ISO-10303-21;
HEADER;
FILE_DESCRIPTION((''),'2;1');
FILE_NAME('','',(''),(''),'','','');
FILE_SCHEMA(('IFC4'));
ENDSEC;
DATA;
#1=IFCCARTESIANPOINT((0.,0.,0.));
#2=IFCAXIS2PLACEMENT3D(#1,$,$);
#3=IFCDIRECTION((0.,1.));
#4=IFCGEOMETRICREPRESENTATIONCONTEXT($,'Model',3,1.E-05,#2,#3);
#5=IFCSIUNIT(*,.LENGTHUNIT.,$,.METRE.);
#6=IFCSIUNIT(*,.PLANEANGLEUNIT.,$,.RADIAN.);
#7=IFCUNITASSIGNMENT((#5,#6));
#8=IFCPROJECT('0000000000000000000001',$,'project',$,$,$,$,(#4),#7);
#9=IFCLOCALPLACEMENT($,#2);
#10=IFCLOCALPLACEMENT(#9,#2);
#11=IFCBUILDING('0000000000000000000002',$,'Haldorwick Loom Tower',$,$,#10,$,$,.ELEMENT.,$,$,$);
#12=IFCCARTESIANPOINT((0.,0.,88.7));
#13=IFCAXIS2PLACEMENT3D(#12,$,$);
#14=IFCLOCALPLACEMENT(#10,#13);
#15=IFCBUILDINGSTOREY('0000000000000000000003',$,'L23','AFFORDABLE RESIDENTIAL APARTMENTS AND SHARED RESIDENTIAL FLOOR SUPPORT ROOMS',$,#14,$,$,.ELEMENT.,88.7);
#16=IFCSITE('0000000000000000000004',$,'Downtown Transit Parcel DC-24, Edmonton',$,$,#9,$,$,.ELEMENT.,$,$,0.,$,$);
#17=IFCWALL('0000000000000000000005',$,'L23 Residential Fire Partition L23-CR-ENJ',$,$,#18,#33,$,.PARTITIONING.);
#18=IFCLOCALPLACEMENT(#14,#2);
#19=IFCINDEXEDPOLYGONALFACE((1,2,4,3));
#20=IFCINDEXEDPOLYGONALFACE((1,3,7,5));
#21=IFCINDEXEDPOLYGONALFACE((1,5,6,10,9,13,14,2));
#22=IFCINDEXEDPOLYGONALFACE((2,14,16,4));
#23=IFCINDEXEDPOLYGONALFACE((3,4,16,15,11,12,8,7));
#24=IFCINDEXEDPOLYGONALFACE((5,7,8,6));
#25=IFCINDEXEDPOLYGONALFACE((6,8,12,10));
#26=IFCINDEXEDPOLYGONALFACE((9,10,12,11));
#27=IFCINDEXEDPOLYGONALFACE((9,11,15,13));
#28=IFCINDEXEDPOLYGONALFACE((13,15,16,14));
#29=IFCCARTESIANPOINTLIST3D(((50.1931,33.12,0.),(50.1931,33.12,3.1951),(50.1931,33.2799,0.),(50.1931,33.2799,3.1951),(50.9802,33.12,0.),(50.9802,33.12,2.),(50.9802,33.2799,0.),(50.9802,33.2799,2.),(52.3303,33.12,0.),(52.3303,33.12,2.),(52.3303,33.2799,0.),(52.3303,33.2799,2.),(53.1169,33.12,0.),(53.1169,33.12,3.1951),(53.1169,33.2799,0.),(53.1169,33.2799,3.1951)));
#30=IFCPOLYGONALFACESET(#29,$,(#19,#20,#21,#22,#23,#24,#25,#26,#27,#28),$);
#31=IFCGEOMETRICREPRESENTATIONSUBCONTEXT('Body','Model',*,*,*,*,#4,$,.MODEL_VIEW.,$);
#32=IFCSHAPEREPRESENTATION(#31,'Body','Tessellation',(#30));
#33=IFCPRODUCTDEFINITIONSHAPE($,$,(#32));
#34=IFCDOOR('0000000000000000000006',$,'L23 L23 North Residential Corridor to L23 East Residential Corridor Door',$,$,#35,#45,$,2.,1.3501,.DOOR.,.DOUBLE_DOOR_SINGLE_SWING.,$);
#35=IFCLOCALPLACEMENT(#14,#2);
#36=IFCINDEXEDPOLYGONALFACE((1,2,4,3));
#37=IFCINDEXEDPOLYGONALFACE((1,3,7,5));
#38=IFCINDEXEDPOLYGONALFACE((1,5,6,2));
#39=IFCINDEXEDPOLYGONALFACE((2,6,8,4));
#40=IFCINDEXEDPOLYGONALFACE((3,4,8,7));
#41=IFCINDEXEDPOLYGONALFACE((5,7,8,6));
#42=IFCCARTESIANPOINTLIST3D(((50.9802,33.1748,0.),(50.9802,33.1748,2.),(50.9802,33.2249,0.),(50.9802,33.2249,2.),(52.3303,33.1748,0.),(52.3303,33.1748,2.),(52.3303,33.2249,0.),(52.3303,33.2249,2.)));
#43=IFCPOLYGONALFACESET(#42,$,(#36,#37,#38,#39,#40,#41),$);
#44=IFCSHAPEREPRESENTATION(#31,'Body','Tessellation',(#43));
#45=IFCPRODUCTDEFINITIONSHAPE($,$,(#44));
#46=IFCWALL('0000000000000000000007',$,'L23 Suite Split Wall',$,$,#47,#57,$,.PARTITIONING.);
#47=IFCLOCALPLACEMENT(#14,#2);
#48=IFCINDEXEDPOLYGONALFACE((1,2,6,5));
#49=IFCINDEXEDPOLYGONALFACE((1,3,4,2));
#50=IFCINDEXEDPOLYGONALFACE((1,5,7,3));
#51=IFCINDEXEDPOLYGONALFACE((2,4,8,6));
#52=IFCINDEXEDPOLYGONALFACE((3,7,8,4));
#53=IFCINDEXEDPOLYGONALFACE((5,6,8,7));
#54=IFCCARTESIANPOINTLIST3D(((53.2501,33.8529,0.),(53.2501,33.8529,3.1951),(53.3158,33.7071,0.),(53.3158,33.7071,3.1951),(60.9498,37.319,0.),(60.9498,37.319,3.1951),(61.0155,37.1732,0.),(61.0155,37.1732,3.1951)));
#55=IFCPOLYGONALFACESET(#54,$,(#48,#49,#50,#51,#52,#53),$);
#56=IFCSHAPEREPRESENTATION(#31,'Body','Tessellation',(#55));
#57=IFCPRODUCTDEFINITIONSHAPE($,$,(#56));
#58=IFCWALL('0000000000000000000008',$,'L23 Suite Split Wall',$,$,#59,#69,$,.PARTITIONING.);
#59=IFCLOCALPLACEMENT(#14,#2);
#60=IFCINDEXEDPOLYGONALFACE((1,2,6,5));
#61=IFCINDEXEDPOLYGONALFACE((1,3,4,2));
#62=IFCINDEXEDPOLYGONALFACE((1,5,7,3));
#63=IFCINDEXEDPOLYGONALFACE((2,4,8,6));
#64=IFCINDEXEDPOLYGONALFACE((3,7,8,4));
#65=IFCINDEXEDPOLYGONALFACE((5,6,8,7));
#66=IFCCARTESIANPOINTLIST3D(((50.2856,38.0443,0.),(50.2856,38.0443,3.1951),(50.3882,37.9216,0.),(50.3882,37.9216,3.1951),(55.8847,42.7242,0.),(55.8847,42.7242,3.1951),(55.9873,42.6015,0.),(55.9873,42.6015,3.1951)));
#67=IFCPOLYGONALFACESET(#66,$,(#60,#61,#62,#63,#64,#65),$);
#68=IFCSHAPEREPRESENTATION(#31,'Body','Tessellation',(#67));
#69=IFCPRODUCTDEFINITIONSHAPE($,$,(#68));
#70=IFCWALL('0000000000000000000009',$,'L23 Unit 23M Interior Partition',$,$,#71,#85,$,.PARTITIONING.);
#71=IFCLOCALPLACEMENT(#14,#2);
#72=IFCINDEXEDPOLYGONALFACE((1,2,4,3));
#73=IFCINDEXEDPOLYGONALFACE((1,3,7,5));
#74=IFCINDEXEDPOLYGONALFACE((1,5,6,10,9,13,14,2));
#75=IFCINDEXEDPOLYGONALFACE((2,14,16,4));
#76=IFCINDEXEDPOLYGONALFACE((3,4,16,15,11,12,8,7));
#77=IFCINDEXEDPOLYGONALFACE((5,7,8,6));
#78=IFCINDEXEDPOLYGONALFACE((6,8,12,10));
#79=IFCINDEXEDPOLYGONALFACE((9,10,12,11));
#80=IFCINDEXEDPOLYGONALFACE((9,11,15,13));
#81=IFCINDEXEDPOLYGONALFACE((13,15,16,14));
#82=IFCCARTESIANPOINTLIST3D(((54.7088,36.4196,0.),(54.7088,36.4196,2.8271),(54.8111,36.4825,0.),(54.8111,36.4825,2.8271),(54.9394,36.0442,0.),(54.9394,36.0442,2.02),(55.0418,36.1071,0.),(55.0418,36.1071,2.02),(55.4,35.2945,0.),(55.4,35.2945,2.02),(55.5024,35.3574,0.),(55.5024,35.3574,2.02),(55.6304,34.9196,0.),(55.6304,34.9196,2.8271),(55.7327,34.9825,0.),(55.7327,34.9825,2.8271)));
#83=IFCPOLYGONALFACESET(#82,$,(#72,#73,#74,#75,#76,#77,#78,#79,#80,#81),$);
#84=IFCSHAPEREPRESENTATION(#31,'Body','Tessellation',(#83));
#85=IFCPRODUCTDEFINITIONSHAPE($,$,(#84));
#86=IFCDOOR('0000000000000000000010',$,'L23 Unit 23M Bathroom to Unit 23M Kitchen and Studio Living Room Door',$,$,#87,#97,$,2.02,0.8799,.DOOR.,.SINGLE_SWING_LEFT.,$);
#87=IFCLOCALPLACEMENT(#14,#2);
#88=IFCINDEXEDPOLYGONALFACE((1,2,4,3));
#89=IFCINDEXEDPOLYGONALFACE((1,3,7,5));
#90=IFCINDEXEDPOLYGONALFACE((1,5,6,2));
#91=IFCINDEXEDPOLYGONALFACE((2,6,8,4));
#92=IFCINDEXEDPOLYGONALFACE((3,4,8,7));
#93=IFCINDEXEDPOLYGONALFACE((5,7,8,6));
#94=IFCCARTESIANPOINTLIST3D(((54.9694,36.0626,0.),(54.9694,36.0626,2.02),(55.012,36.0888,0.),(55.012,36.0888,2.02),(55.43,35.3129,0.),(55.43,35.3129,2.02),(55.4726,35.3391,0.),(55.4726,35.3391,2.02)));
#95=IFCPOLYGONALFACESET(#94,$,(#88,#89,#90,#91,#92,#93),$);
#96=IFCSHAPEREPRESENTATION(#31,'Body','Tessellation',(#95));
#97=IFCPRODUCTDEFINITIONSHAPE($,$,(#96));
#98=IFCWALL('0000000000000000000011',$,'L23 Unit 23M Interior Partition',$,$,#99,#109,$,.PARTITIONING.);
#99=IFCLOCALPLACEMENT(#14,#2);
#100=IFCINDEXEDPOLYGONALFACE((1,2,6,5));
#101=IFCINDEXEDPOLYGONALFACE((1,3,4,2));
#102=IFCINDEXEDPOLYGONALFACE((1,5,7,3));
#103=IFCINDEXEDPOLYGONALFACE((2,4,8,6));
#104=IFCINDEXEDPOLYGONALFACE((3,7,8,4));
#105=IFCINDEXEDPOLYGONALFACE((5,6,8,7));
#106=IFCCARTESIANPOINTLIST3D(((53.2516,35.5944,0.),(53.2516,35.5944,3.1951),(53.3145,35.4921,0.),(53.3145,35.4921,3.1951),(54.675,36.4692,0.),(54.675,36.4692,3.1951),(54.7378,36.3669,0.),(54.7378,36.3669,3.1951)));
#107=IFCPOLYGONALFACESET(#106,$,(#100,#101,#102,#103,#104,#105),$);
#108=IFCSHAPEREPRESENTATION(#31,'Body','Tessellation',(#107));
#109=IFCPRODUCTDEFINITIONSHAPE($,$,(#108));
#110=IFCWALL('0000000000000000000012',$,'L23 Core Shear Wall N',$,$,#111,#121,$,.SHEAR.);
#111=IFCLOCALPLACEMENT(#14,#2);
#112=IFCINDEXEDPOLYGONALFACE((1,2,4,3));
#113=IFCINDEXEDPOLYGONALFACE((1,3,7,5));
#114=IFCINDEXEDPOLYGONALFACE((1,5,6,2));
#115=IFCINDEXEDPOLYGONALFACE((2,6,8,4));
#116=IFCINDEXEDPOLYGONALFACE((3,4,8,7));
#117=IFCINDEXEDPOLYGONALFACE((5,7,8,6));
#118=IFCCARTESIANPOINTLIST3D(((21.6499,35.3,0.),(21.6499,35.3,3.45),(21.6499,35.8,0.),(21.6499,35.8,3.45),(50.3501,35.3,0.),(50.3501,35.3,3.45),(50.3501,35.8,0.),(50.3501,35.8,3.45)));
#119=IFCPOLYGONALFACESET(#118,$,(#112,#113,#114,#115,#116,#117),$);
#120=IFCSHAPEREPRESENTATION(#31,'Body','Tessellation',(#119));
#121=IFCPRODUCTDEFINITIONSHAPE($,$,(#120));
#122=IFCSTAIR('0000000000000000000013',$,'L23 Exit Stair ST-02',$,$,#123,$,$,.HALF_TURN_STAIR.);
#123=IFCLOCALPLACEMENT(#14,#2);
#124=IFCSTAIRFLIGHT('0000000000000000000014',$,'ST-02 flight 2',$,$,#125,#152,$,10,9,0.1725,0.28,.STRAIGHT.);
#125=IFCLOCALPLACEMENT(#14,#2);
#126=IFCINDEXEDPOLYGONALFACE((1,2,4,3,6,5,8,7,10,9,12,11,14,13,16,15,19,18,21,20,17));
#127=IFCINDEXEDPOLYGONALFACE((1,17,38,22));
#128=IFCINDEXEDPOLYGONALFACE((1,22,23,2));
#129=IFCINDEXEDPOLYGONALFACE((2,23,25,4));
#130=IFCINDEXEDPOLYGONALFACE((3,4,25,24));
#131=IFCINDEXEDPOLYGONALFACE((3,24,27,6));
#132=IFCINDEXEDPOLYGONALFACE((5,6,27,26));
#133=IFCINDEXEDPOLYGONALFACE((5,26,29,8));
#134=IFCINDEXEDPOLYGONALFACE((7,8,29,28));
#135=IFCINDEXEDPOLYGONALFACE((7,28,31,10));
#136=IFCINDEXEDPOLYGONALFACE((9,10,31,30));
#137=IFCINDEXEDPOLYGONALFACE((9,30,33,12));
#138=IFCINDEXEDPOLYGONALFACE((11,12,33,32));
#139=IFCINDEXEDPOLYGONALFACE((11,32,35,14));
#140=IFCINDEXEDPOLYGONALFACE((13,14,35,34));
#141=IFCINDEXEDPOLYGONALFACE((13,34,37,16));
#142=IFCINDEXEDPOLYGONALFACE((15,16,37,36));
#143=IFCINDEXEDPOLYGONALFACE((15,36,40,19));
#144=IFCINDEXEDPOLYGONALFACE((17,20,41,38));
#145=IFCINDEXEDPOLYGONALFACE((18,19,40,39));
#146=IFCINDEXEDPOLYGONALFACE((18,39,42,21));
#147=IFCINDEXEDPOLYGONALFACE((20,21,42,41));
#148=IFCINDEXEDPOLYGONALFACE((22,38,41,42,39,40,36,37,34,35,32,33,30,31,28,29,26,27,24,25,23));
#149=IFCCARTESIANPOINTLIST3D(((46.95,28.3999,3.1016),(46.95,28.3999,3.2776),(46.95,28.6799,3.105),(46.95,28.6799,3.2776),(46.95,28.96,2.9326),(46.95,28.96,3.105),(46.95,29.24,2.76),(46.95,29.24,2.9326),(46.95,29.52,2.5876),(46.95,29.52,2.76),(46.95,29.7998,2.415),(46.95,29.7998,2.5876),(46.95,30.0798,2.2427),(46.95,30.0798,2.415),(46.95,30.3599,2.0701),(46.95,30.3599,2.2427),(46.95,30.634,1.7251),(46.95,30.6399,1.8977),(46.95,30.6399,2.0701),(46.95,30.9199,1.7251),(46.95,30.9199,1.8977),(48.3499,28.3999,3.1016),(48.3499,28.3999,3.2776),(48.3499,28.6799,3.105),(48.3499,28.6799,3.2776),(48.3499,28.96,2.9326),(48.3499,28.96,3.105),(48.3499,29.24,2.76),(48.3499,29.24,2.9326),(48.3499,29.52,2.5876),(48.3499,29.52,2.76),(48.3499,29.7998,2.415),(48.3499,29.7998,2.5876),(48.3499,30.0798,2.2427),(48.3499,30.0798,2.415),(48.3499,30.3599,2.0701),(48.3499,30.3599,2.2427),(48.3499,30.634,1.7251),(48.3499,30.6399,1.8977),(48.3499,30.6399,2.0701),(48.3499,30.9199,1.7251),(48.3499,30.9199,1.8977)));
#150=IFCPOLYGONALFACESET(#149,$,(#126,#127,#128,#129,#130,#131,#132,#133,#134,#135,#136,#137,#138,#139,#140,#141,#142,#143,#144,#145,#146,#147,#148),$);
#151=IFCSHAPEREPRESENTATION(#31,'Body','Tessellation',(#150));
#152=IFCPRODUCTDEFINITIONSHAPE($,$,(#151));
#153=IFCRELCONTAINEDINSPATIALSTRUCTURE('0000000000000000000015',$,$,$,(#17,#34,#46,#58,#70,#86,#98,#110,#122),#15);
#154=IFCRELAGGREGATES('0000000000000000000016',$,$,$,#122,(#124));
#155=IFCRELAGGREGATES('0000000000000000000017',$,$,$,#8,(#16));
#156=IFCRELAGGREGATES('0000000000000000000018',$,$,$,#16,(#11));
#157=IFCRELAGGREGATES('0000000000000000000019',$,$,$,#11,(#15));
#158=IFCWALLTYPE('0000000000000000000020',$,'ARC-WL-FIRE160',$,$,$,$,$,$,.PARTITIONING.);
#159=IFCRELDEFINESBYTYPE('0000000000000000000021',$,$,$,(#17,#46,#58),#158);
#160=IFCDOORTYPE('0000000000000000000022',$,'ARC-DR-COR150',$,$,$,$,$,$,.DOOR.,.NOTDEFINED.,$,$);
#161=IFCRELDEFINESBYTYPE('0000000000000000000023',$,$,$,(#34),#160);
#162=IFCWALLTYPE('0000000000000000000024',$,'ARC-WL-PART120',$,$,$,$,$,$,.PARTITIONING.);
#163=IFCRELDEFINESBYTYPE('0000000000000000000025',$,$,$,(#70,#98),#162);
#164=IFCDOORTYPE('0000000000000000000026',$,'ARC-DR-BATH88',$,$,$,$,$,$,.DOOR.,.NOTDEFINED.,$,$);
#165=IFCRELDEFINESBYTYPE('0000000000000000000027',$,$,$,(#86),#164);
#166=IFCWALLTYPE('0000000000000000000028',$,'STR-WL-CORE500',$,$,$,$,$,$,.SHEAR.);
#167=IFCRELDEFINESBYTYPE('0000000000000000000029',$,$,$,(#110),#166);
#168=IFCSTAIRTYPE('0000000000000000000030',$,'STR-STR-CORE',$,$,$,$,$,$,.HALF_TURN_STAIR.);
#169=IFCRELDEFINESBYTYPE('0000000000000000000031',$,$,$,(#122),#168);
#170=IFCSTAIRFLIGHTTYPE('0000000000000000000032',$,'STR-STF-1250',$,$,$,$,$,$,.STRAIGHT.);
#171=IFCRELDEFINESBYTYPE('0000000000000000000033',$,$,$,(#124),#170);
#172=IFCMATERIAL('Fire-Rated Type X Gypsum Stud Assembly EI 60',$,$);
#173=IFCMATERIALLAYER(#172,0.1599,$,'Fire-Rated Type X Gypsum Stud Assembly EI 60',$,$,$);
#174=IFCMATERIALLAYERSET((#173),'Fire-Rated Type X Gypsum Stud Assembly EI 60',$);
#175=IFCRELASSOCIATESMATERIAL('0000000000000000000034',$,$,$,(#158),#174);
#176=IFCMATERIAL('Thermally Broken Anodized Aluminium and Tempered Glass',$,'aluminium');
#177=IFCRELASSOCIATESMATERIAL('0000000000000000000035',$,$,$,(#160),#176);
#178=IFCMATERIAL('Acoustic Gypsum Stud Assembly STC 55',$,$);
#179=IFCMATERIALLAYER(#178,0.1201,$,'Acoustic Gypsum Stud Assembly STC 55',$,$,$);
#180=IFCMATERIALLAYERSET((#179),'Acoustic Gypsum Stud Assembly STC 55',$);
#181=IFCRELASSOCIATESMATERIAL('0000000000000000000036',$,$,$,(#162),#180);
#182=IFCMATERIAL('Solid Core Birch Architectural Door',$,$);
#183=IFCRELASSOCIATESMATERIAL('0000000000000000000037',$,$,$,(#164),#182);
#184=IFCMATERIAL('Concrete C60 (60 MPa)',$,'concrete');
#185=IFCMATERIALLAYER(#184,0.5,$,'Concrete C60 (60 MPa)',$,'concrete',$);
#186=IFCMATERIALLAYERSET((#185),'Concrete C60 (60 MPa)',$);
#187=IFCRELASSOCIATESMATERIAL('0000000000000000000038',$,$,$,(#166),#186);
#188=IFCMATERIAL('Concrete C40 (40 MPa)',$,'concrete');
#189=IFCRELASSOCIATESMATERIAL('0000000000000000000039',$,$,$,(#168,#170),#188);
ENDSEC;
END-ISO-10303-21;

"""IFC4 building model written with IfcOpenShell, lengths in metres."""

from ifc_helpers import new_model, si_unit, direction, frame, frame_2d, origin, place, context, subcontext, project, spatial, polyline, rectangle, outline, extrude, material, layer, layer_set, type_object, element, fill, aggregate, save


model = new_model("IFC4")

# Units and contexts
model_context = context("Model", 3, precision=1e-05, world=origin(), true_north=direction((0.0, 1.0)))
body_context = subcontext(model_context, "Body", "Model", "MODEL_VIEW")
ifc_project = project(units=[si_unit("LENGTHUNIT", "METRE"), si_unit("PLANEANGLEUNIT", "RADIAN")], contexts=[model_context])

# Site, building, storey
site_placement = place(None, origin())
site = spatial("IfcSite", under=ifc_project, at=site_placement, Name="Downtown Transit Parcel DC-24, Edmonton", CompositionType="ELEMENT", RefElevation=0.0)
building_placement = place(site_placement, origin())
building = spatial("IfcBuilding", under=site, at=building_placement, Name="Haldorwick Loom Tower", CompositionType="ELEMENT")
storey_placement = place(building_placement, frame((0.0, 0.0, 88.7)))
storey = spatial("IfcBuildingStorey", under=building, at=storey_placement, Name="L23", Description="AFFORDABLE RESIDENTIAL APARTMENTS AND SHARED RESIDENTIAL FLOOR SUPPORT ROOMS", CompositionType="ELEMENT", Elevation=88.7)

# Shared definitions
ifc_material_1 = material(Name="Concrete C60 (60 MPa)", Category="concrete")

# Wall, opening, door
ifc_material_2 = material(Name="Fire-Rated Type X Gypsum Stud Assembly EI 60")
ifc_layer_1 = layer(ifc_material_2, 0.1599, Name="Fire-Rated Type X Gypsum Stud Assembly EI 60")
ifc_layer_set_1 = layer_set([ifc_layer_1], Name="Fire-Rated Type X Gypsum Stud Assembly EI 60")
wall_type_1 = type_object("IfcWallType", Name="ARC-WL-FIRE160", PredefinedType="PARTITIONING", material=ifc_layer_set_1)
wall_1_placement = place(storey_placement, frame((50.1931, 33.2, 0.0), z_axis=(0.0, 0.0, 1.0), x_axis=(1.0, 0.0, 0.0)))
wall_1 = element("IfcWall", 1, at=wall_1_placement, inside=storey, type_object=wall_type_1, Name="L23 Residential Fire Partition L23-CR-ENJ", PredefinedType="PARTITIONING", context=body_context, shape_type="SweptSolid", body=[
    extrude(rectangle(XDim=2.9238, YDim=0.1599, at=frame_2d((1.4619, 0.0))), origin(), (0.0, 0.0, 1.0), 3.1951),
])
opening_1_placement = place(wall_1_placement, frame((0.7871, 0.0, 0.0)))
opening_1 = element("IfcOpeningElement", 2, at=opening_1_placement, cuts=wall_1, PredefinedType="OPENING", context=body_context, shape_type="SweptSolid", body=[
    extrude(rectangle(XDim=1.3501, YDim=2.0, at=frame_2d((0.675, 1.0))), frame((0.0, 0.0898, 0.0), z_axis=(0.0, -1.0, 0.0), x_axis=(1.0, 0.0, 0.0)), (0.0, 0.0, 1.0), 0.1799),
])
ifc_material_3 = material(Name="Thermally Broken Anodized Aluminium and Tempered Glass", Category="aluminium")
door_type_1 = type_object("IfcDoorType", Name="ARC-DR-COR150", OperationType="NOTDEFINED", PredefinedType="DOOR", material=ifc_material_3)
door_1_placement = place(opening_1_placement, origin())
door_1 = element("IfcDoor", 3, at=door_1_placement, inside=storey, type_object=door_type_1, Name="L23 L23 North Residential Corridor to L23 East Residential Corridor Door", OperationType="DOUBLE_DOOR_SINGLE_SWING", OverallHeight=2.0, OverallWidth=1.3501, PredefinedType="DOOR", context=body_context, shape_type="SweptSolid", body=[
    extrude(rectangle(XDim=1.3501, YDim=2.0, at=frame_2d((0.675, 1.0))), frame((0.0, 0.0249, 0.0), z_axis=(0.0, -1.0, 0.0), x_axis=(1.0, 0.0, 0.0)), (0.0, 0.0, 1.0), 0.05),
])
fill(opening_1, door_1)

# Walls
wall_2_placement = place(storey_placement, frame((53.283, 33.78, 0.0), z_axis=(0.0, 0.0, 1.0), x_axis=(0.911868, 0.410482, 0.0)))
element("IfcWall", 4, at=wall_2_placement, inside=storey, type_object=wall_type_1, Name="L23 Suite Split Wall", PredefinedType="PARTITIONING", context=body_context, shape_type="SweptSolid", body=[
    extrude(rectangle(XDim=8.4438, YDim=0.1599, at=frame_2d((4.2219, 0.0))), origin(), (0.0, 0.0, 1.0), 3.1951),
])
wall_3_placement = place(storey_placement, frame((50.3369, 37.9829, 0.0), z_axis=(0.0, 0.0, 1.0), x_axis=(0.767277, 0.641316, 0.0)))
element("IfcWall", 5, at=wall_3_placement, inside=storey, type_object=wall_type_1, Name="L23 Suite Split Wall", PredefinedType="PARTITIONING", context=body_context, shape_type="SweptSolid", body=[
    extrude(rectangle(XDim=7.2974, YDim=0.1599, at=frame_2d((3.6487, 0.0))), origin(), (0.0, 0.0, 1.0), 3.1951),
])

# Wall, opening, door
ifc_material_4 = material(Name="Acoustic Gypsum Stud Assembly STC 55")
ifc_layer_2 = layer(ifc_material_4, 0.1201, Name="Acoustic Gypsum Stud Assembly STC 55")
ifc_layer_set_2 = layer_set([ifc_layer_2], Name="Acoustic Gypsum Stud Assembly STC 55")
wall_type_2 = type_object("IfcWallType", Name="ARC-WL-PART120", PredefinedType="PARTITIONING", material=ifc_layer_set_2)
wall_4_placement = place(storey_placement, frame((55.6816, 34.9509, 0.0), z_axis=(0.0, 0.0, 1.0), x_axis=(-0.523502, 0.852025, 0.0)))
wall_4 = element("IfcWall", 6, at=wall_4_placement, inside=storey, type_object=wall_type_2, Name="L23 Unit 23M Interior Partition", PredefinedType="PARTITIONING", context=body_context, shape_type="SweptSolid", body=[
    extrude(rectangle(XDim=1.7605, YDim=0.1201, at=frame_2d((0.8804, 0.0))), origin(), (0.0, 0.0, 1.0), 2.8271),
])
opening_2_placement = place(wall_4_placement, frame((0.4402, 0.0, 0.0)))
opening_2 = element("IfcOpeningElement", 7, at=opening_2_placement, cuts=wall_4, PredefinedType="OPENING", context=body_context, shape_type="SweptSolid", body=[
    extrude(rectangle(XDim=0.8799, YDim=2.02, at=frame_2d((0.4399, 1.01))), frame((0.0, 0.0701, 0.0), z_axis=(0.0, -1.0, 0.0), x_axis=(1.0, 0.0, 0.0)), (0.0, 0.0, 1.0), 0.1401),
])
ifc_material_5 = material(Name="Solid Core Birch Architectural Door")
door_type_2 = type_object("IfcDoorType", Name="ARC-DR-BATH88", OperationType="NOTDEFINED", PredefinedType="DOOR", material=ifc_material_5)
door_2_placement = place(opening_2_placement, origin())
door_2 = element("IfcDoor", 8, at=door_2_placement, inside=storey, type_object=door_type_2, Name="L23 Unit 23M Bathroom to Unit 23M Kitchen and Studio Living Room Door", OperationType="SINGLE_SWING_LEFT", OverallHeight=2.02, OverallWidth=0.8799, PredefinedType="DOOR", context=body_context, shape_type="SweptSolid", body=[
    extrude(rectangle(XDim=0.8799, YDim=2.02, at=frame_2d((0.4399, 1.01))), frame((0.0, 0.0249, 0.0), z_axis=(0.0, -1.0, 0.0), x_axis=(1.0, 0.0, 0.0)), (0.0, 0.0, 1.0), 0.05),
])
fill(opening_2, door_2)

# Walls
wall_5_placement = place(storey_placement, frame((53.283, 35.5432, 0.0), z_axis=(0.0, 0.0, 1.0), x_axis=(0.851964, 0.5236, 0.0)))
element("IfcWall", 9, at=wall_5_placement, inside=storey, type_object=wall_type_2, Name="L23 Unit 23M Interior Partition", PredefinedType="PARTITIONING", context=body_context, shape_type="SweptSolid", body=[
    extrude(rectangle(XDim=1.6707, YDim=0.1201, at=frame_2d((0.8354, 0.0))), origin(), (0.0, 0.0, 1.0), 3.1951),
])
ifc_layer_3 = layer(ifc_material_1, 0.5, Name="Concrete C60 (60 MPa)", Category="concrete")
ifc_layer_set_3 = layer_set([ifc_layer_3], Name="Concrete C60 (60 MPa)")
wall_type_3 = type_object("IfcWallType", Name="STR-WL-CORE500", PredefinedType="SHEAR", material=ifc_layer_set_3)
wall_6_placement = place(storey_placement, frame((50.3501, 35.55, 0.0), z_axis=(0.0, 0.0, 1.0), x_axis=(-1.0, 0.0, 0.0)))
element("IfcWall", 10, at=wall_6_placement, inside=storey, type_object=wall_type_3, Name="L23 Core Shear Wall N", PredefinedType="SHEAR", context=body_context, shape_type="SweptSolid", body=[
    extrude(rectangle(XDim=28.7002, YDim=0.5, at=frame_2d((14.3501, 0.0))), origin(), (0.0, 0.0, 1.0), 3.45),
])

# Stair, stair flight
ifc_material_6 = material(Name="Concrete C40 (40 MPa)", Category="concrete")
stair_type = type_object("IfcStairType", Name="STR-STR-CORE", PredefinedType="HALF_TURN_STAIR", material=ifc_material_6)
stair_placement = place(storey_placement, origin())
stair = element("IfcStair", 11, at=stair_placement, inside=storey, type_object=stair_type, Name="L23 Exit Stair ST-02", PredefinedType="HALF_TURN_STAIR")
stair_flight_type = type_object("IfcStairFlightType", Name="STR-STF-1250", PredefinedType="STRAIGHT", material=ifc_material_6)
stair_flight_placement = place(storey_placement, frame((47.6499, 30.9199, 1.7251), z_axis=(0.0, 0.0, 1.0), x_axis=(0.0, -1.0, 0.0)))
stair_flight = element("IfcStairFlight", 12, at=stair_flight_placement, type_object=stair_flight_type, Name="ST-02 flight 2", NumberOfRisers=10, NumberOfTreads=9, PredefinedType="STRAIGHT", RiserHeight=0.1725, TreadLength=0.28, context=body_context, shape_type="SweptSolid", body=[
    extrude(outline(polyline([(0.0, 0.0), (0.0, 0.1726), (0.28, 0.1726), (0.28, 0.345), (0.5601, 0.345), (0.5601, 0.5176), (0.8401, 0.5176), (0.8401, 0.6899), (1.1201, 0.6899), (1.1201, 0.8625), (1.3999, 0.8625), (1.3999, 1.0349), (1.6799, 1.0349), (1.6799, 1.2075), (1.96, 1.2075), (1.96, 1.3799), (2.24, 1.3799), (2.24, 1.5525), (2.52, 1.5525), (2.52, 1.7251), (2.52, 1.3765), (0.2859, 0.0), (0.0, 0.0)])), frame((0.0, 0.7, 0.0), z_axis=(0.0, -1.0, 0.0), x_axis=(1.0, 0.0, 0.0)), (0.0, 0.0, 1.0), 1.3999),
])
aggregate(stair, [stair_flight])

save(model, "model.ifc")
